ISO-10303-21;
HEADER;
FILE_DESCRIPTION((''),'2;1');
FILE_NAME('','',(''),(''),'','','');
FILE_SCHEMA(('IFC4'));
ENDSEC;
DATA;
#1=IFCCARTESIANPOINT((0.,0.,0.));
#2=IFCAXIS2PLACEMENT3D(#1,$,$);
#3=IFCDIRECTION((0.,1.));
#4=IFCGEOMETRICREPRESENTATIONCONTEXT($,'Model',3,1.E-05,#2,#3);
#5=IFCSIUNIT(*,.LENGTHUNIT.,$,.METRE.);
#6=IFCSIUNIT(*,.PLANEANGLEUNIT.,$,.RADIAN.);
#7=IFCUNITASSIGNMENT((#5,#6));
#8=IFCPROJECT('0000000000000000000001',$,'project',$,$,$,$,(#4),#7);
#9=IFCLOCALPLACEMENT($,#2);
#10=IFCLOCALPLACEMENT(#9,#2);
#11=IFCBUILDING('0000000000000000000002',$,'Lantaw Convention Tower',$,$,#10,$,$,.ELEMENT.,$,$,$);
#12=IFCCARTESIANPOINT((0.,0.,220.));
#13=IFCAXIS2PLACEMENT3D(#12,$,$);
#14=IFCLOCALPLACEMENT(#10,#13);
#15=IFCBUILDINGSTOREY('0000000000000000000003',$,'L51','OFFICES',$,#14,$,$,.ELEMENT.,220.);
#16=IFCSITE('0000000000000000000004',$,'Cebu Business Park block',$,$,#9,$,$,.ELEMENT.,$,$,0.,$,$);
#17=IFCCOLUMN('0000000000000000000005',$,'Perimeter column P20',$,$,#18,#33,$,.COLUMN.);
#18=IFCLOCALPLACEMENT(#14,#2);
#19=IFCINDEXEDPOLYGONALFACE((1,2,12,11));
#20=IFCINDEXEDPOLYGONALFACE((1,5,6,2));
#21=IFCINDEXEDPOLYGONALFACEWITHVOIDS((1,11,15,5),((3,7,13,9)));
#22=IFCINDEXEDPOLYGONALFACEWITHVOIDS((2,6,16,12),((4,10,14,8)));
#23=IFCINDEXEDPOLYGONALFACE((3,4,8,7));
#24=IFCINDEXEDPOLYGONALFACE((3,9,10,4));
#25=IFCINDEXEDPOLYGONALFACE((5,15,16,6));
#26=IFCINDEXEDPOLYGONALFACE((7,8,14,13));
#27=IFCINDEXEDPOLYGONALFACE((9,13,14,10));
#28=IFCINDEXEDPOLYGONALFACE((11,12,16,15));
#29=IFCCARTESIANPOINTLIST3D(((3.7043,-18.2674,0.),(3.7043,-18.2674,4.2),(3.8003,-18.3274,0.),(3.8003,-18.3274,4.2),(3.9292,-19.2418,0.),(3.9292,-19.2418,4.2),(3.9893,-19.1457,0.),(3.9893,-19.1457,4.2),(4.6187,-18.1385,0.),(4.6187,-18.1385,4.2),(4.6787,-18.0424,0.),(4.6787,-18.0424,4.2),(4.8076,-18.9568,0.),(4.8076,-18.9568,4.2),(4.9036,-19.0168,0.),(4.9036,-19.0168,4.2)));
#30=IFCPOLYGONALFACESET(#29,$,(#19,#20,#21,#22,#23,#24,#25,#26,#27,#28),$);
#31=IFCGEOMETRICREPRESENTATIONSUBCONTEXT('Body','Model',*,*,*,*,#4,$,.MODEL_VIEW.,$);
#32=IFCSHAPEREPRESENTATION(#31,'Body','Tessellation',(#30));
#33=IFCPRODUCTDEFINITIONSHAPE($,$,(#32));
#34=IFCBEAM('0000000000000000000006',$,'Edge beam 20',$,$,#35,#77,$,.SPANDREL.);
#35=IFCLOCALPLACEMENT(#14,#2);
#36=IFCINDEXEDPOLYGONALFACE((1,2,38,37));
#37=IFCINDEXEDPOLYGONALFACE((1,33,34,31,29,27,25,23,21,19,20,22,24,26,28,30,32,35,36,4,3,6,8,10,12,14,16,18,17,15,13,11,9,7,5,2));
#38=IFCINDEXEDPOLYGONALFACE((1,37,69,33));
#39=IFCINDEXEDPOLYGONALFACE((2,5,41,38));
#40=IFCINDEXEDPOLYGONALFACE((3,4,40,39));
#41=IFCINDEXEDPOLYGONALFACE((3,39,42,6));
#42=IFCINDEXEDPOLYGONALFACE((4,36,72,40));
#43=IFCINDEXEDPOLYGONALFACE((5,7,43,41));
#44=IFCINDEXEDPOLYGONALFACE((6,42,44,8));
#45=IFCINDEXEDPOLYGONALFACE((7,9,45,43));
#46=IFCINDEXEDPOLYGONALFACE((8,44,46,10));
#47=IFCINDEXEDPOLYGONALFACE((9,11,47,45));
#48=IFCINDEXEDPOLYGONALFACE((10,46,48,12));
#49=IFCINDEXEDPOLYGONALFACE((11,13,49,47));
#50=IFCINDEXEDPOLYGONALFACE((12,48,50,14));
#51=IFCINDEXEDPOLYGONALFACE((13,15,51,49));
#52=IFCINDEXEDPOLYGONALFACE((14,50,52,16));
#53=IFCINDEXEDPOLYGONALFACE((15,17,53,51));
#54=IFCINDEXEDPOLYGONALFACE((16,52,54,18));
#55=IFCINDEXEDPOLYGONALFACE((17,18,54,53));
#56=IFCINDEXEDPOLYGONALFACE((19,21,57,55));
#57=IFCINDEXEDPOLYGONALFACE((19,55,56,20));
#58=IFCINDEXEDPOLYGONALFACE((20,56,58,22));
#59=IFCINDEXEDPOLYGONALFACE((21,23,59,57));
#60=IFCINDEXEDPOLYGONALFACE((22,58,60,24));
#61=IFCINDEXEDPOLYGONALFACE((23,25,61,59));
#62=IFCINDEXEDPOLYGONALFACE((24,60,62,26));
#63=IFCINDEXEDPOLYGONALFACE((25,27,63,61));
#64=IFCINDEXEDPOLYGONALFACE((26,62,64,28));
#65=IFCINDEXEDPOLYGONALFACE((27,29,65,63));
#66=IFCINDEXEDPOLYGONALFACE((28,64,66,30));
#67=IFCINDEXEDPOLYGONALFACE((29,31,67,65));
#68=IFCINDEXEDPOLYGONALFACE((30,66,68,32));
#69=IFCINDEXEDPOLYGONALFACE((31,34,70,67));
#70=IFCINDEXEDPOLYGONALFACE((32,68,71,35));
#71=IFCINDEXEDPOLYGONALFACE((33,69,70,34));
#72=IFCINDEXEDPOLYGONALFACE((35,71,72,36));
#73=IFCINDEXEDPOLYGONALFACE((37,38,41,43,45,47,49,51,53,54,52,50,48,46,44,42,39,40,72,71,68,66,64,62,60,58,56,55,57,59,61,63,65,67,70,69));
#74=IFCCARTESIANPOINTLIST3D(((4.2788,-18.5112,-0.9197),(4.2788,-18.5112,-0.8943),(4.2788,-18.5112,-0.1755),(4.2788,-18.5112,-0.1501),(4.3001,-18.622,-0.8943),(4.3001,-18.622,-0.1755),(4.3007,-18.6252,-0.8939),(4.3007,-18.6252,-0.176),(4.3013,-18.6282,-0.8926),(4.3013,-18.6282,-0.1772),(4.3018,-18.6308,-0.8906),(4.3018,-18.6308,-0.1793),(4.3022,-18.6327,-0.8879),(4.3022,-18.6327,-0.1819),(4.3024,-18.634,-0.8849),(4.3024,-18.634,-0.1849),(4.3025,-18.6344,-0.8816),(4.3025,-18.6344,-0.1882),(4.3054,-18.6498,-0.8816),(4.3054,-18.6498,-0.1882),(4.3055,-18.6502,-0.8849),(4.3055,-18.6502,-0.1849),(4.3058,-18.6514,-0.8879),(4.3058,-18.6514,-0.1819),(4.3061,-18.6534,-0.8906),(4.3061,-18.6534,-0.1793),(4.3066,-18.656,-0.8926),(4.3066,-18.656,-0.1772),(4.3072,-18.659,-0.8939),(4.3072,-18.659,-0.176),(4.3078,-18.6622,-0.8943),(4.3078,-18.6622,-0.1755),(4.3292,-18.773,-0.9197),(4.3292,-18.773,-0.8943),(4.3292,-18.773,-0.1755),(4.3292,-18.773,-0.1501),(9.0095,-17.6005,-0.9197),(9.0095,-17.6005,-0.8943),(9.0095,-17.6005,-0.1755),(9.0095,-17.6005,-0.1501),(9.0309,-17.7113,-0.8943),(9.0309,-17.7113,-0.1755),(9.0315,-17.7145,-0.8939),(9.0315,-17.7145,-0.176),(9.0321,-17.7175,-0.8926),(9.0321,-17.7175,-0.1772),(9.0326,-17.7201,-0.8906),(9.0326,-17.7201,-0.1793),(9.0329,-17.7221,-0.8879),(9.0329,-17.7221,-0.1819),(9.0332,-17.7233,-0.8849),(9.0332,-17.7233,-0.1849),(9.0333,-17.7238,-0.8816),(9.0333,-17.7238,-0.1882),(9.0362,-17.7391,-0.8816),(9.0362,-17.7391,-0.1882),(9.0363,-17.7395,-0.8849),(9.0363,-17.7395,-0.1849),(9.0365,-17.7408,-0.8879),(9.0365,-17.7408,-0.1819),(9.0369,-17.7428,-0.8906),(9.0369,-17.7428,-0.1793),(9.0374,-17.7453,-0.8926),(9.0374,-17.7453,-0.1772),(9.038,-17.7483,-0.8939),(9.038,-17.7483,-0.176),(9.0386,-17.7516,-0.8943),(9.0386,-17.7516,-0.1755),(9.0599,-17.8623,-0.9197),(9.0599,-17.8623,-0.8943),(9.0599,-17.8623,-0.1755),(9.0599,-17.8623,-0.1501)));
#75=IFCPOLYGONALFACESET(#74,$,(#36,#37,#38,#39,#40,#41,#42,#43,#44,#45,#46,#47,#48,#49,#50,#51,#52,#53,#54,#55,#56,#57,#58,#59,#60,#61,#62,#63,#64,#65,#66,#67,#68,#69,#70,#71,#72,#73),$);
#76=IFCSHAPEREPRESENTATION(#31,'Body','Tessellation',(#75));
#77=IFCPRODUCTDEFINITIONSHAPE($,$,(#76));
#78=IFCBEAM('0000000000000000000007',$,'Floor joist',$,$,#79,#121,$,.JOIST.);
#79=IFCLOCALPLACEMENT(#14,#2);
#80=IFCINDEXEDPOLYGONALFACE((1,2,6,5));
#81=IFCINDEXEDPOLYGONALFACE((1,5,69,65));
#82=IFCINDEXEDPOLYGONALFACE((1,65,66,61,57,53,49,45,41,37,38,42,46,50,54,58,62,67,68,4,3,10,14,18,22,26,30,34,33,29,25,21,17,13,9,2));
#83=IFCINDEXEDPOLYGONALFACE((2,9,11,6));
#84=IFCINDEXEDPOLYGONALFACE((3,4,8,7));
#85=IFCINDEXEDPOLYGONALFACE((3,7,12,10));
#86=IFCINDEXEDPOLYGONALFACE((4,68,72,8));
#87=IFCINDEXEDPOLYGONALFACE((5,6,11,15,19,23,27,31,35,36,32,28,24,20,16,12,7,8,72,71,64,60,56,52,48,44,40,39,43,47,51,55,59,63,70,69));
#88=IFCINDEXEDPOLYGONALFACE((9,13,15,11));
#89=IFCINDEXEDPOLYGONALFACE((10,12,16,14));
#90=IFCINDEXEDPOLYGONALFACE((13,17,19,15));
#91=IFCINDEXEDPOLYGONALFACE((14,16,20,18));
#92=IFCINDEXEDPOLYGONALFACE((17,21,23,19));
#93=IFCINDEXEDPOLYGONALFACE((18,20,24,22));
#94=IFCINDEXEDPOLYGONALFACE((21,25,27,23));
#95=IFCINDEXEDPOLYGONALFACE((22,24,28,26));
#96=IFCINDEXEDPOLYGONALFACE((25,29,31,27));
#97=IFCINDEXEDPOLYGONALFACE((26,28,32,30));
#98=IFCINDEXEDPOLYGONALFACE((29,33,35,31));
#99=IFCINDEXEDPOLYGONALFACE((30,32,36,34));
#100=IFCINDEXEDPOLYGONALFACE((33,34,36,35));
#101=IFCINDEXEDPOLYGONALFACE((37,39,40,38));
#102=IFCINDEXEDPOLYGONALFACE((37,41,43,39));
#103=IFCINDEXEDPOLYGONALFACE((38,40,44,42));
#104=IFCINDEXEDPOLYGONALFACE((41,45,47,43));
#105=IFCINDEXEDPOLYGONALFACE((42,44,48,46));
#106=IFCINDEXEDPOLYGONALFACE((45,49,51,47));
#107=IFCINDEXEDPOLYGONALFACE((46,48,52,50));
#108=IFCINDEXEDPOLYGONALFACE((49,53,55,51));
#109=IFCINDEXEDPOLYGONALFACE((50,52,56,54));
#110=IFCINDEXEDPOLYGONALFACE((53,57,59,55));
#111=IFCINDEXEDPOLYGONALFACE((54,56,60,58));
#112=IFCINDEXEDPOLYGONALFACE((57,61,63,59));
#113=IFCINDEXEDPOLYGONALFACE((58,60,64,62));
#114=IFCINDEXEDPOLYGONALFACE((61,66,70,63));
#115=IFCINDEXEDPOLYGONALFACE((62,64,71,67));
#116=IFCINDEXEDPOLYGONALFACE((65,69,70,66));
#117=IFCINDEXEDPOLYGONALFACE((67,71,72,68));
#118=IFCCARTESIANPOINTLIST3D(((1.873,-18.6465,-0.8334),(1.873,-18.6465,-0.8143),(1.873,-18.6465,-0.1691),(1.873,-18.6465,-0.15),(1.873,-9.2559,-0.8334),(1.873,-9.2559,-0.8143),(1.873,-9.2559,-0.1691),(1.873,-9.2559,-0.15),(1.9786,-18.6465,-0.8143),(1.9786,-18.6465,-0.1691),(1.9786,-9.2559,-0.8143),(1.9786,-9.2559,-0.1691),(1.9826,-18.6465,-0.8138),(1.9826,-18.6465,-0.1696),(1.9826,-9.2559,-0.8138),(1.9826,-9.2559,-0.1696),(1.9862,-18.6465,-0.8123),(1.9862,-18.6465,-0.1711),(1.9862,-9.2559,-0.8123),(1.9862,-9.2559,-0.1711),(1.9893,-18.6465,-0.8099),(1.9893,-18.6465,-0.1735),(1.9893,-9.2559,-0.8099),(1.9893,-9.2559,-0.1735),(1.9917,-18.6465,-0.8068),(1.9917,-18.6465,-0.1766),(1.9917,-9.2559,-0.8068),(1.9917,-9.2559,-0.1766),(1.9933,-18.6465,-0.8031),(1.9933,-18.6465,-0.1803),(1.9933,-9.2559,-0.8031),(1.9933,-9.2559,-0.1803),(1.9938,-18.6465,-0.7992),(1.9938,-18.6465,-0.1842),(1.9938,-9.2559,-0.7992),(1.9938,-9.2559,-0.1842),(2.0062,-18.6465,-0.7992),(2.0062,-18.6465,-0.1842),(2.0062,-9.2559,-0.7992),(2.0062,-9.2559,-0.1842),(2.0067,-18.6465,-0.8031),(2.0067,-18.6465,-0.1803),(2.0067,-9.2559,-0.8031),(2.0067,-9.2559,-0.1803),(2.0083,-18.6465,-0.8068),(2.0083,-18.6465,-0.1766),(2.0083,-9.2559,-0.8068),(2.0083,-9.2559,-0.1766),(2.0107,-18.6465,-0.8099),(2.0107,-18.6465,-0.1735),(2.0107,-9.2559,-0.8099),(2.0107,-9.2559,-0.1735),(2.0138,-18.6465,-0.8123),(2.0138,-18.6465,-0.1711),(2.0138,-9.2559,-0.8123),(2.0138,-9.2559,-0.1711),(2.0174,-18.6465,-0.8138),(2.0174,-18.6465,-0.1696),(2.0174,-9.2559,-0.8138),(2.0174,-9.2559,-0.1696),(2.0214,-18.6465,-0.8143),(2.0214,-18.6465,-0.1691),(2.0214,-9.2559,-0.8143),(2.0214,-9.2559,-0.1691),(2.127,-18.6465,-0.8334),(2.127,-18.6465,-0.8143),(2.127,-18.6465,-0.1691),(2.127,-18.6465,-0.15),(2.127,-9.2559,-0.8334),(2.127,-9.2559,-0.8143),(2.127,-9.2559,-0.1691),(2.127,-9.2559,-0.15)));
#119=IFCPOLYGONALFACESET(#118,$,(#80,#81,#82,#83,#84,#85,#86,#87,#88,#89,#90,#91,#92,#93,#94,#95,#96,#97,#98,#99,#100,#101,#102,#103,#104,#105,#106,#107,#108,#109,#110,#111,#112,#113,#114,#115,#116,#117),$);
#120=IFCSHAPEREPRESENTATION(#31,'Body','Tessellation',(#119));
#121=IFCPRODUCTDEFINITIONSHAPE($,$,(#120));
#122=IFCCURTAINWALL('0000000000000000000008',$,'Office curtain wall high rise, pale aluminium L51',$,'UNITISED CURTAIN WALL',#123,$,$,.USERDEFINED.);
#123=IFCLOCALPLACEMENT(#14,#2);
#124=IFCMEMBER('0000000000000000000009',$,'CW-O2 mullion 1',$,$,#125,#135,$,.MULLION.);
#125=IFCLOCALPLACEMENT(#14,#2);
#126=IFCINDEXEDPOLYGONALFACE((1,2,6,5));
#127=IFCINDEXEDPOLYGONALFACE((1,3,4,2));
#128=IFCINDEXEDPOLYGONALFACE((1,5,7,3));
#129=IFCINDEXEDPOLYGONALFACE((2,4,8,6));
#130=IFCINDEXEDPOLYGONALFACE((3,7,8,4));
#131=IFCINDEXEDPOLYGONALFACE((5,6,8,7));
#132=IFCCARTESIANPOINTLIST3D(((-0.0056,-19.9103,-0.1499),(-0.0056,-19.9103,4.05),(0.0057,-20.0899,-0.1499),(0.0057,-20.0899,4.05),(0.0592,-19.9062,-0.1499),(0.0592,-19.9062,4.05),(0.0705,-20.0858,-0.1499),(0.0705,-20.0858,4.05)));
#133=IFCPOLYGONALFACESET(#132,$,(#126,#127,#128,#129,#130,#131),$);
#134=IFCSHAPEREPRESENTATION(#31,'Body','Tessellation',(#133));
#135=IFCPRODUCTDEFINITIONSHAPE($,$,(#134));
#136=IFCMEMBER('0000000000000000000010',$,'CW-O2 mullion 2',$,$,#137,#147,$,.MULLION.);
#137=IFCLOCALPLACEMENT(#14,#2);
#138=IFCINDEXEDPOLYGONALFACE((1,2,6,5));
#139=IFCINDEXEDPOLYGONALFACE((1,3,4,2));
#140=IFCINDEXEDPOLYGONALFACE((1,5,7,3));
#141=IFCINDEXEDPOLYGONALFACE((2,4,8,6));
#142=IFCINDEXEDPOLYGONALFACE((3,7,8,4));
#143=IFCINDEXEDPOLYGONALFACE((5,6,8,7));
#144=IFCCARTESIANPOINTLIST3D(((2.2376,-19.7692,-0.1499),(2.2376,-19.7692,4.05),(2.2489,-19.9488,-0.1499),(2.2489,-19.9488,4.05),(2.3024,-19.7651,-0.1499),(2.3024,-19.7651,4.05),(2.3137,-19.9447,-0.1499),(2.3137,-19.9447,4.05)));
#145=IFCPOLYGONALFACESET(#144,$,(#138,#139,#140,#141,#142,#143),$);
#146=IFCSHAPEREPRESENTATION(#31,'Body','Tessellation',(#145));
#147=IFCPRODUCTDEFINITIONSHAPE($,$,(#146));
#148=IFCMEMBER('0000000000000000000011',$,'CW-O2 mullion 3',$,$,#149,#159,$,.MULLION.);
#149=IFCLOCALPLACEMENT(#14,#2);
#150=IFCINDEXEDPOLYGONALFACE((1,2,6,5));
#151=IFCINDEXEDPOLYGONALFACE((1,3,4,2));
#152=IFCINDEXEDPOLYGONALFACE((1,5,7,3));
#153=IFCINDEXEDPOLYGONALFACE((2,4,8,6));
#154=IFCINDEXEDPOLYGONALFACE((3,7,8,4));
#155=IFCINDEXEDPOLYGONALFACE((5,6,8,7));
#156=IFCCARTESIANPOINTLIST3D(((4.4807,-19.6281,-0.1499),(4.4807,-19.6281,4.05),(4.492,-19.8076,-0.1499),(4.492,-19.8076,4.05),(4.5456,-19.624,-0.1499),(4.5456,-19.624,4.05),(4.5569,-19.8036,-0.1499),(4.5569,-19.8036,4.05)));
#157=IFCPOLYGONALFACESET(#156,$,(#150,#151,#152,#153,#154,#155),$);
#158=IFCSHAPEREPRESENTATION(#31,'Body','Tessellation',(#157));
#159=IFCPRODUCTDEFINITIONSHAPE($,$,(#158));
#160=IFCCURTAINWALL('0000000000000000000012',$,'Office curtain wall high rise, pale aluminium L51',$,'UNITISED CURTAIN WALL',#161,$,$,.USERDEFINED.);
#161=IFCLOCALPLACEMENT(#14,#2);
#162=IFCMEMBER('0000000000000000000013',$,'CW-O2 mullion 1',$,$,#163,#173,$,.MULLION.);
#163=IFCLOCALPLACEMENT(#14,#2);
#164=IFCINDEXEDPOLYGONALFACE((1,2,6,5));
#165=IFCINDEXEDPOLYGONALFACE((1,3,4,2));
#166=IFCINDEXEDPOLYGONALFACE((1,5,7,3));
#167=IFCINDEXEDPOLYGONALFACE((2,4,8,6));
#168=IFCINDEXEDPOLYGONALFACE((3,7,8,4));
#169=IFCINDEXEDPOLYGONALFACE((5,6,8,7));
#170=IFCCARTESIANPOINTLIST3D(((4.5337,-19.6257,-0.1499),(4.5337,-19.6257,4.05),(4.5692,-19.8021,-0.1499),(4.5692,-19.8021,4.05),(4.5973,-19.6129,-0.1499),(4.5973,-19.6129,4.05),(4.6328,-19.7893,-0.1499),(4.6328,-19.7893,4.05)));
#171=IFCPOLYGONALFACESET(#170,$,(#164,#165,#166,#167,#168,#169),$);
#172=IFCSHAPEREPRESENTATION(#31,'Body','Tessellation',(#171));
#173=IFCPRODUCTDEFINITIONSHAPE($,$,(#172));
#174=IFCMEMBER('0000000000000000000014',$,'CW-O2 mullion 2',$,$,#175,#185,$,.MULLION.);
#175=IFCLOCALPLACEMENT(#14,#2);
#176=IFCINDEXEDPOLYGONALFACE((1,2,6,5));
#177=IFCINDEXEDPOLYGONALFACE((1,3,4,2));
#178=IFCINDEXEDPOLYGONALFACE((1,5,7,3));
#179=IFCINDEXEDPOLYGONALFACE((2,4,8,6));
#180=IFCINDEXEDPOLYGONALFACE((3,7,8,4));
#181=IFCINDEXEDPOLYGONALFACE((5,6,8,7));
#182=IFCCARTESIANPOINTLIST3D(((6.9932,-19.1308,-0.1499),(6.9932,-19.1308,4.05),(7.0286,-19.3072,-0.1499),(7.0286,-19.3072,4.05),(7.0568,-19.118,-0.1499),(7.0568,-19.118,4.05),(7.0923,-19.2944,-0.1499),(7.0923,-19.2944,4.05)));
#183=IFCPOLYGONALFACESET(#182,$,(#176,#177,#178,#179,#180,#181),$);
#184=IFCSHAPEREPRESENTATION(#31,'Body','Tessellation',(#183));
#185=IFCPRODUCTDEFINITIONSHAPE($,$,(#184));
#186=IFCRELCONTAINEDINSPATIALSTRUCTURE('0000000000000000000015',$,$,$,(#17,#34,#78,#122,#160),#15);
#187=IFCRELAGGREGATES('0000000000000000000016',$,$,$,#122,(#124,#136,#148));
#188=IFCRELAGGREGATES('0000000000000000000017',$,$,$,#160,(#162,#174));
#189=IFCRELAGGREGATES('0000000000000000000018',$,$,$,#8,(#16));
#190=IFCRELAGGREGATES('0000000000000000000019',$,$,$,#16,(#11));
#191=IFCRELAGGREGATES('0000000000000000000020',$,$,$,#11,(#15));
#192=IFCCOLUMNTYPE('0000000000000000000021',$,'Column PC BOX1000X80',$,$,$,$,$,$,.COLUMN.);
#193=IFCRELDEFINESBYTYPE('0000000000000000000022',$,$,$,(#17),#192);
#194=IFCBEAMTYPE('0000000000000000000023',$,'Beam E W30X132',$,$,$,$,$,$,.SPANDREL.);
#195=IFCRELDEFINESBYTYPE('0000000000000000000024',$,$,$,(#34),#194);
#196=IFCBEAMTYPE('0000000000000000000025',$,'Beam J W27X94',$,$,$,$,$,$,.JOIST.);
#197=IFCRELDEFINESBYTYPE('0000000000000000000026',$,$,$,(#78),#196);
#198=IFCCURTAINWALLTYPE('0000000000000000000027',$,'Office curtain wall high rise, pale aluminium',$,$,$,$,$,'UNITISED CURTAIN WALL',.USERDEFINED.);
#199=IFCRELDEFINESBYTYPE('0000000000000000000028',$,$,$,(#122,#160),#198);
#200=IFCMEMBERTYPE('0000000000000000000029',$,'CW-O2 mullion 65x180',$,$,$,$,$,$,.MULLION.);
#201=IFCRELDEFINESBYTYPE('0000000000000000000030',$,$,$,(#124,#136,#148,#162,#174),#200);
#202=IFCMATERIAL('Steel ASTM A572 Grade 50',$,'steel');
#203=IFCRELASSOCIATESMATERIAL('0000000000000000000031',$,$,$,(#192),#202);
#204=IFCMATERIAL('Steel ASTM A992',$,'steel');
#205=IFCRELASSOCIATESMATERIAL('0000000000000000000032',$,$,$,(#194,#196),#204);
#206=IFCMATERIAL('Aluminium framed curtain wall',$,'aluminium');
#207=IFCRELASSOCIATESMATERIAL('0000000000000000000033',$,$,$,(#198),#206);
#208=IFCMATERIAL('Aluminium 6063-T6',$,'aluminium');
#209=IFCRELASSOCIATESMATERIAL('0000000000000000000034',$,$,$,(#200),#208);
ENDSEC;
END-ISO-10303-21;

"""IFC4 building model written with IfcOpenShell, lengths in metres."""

from ifc_helpers import new_model, si_unit, direction, frame, origin, origin_2d, place, context, subcontext, project, spatial, rectangle, hollow_rectangle, i_section, extrude, material, material_profile, profile_set, type_object, element, aggregate, save


model = new_model("IFC4")

# Units and contexts
model_context = context("Model", 3, precision=1e-05, world=origin(), true_north=direction((0.0, 1.0)))
body_context = subcontext(model_context, "Body", "Model", "MODEL_VIEW")
ifc_project = project(units=[si_unit("LENGTHUNIT", "METRE"), si_unit("PLANEANGLEUNIT", "RADIAN")], contexts=[model_context])

# Site, building, storey
site_placement = place(None, origin())
site = spatial("IfcSite", under=ifc_project, at=site_placement, Name="Cebu Business Park block", CompositionType="ELEMENT", RefElevation=0.0)
building_placement = place(site_placement, origin())
building = spatial("IfcBuilding", under=site, at=building_placement, Name="Lantaw Convention Tower", CompositionType="ELEMENT")
storey_placement = place(building_placement, frame((0.0, 0.0, 220.0)))
storey = spatial("IfcBuildingStorey", under=building, at=storey_placement, Name="L51", Description="OFFICES", CompositionType="ELEMENT", Elevation=220.0)

# Column
ifc_material_1 = material(Name="Steel ASTM A572 Grade 50", Category="steel")
ifc_material_profile_1 = material_profile(ifc_material_1, hollow_rectangle(XDim=1.0, YDim=1.0, WallThickness=0.0801, at=origin_2d()), Name="BOX1000X80")
ifc_material_2 = material(Name="Concrete C60/75", Category="concrete")
ifc_material_profile_2 = material_profile(ifc_material_2, rectangle(XDim=0.8401, YDim=0.8401, at=origin_2d()), Name="Concrete fill of BOX1000X80")
ifc_profile_set_1 = profile_set([ifc_material_profile_1, ifc_material_profile_2], Name="Steel ASTM A572 Grade 50")
column_type = type_object("IfcColumnType", Name="Column PC BOX1000X80", PredefinedType="COLUMN", material=ifc_profile_set_1)
column_placement = place(storey_placement, frame((4.304, -18.6421, 0.0), z_axis=(0.0, 0.0, 1.0), x_axis=(0.97437, 0.224951, 0.0)))
element("IfcColumn", 1, at=column_placement, inside=storey, type_object=column_type, Name="Perimeter column P20", PredefinedType="COLUMN", context=body_context, shape_type="SweptSolid", body=[
    extrude(hollow_rectangle(XDim=1.0, YDim=1.0, WallThickness=0.0801, at=origin_2d()), origin(), (0.0, 0.0, 1.0), 4.2),
])

# Beams
ifc_material_3 = material(Name="Steel ASTM A992", Category="steel")
ifc_material_profile_3 = material_profile(ifc_material_3, i_section(OverallWidth=0.2666, OverallDepth=0.7695, WebThickness=0.0156, FlangeThickness=0.0254, FilletRadius=0.0127, at=origin_2d()), Name="W30X132")
ifc_profile_set_2 = profile_set([ifc_material_profile_3], Name="Steel ASTM A992")
beam_type_1 = type_object("IfcBeamType", Name="Beam E W30X132", PredefinedType="SPANDREL", material=ifc_profile_set_2)
beam_1_placement = place(storey_placement, frame((4.304, -18.6421, -0.5349), z_axis=(0.981972, 0.189026, 0.0), x_axis=(-0.189026, 0.981972, 0.0)))
element("IfcBeam", 2, at=beam_1_placement, inside=storey, type_object=beam_type_1, Name="Edge beam 20", PredefinedType="SPANDREL", context=body_context, shape_type="SweptSolid", body=[
    extrude(i_section(OverallWidth=0.2666, OverallDepth=0.7695, WebThickness=0.0156, FlangeThickness=0.0254, FilletRadius=0.0127, at=origin_2d()), origin(), (0.0, 0.0, 1.0), 4.8176),
])
ifc_material_profile_4 = material_profile(ifc_material_3, i_section(OverallWidth=0.2539, OverallDepth=0.6833, WebThickness=0.0125, FlangeThickness=0.019, FilletRadius=0.0151, at=origin_2d()), Name="W27X94")
ifc_profile_set_3 = profile_set([ifc_material_profile_4], Name="Steel ASTM A992")
beam_type_2 = type_object("IfcBeamType", Name="Beam J W27X94", PredefinedType="JOIST", material=ifc_profile_set_3)
beam_2_placement = place(storey_placement, frame((2.0, -18.6465, -0.4917), z_axis=(0.0, 1.0, 0.0), x_axis=(-1.0, 0.0, 0.0)))
element("IfcBeam", 3, at=beam_2_placement, inside=storey, type_object=beam_type_2, Name="Floor joist", PredefinedType="JOIST", context=body_context, shape_type="SweptSolid", body=[
    extrude(i_section(OverallWidth=0.2539, OverallDepth=0.6833, WebThickness=0.0125, FlangeThickness=0.019, FilletRadius=0.0151, at=origin_2d()), origin(), (0.0, 0.0, 1.0), 9.3906),
])

# Curtain walls, members
ifc_material_4 = material(Name="Aluminium framed curtain wall", Category="aluminium")
curtain_wall_type = type_object("IfcCurtainWallType", Name="Office curtain wall high rise, pale aluminium", ElementType="UNITISED CURTAIN WALL", PredefinedType="USERDEFINED", material=ifc_material_4)
curtain_wall_1_placement = place(storey_placement, origin())
curtain_wall_1 = element("IfcCurtainWall", 4, at=curtain_wall_1_placement, inside=storey, type_object=curtain_wall_type, Name="Office curtain wall high rise, pale aluminium L51", ObjectType="UNITISED CURTAIN WALL", PredefinedType="USERDEFINED")
ifc_material_5 = material(Name="Aluminium 6063-T6", Category="aluminium")
ifc_material_profile_5 = material_profile(ifc_material_5, rectangle(XDim=0.1799, YDim=0.0649, at=origin_2d()), Name="CW-O2 mullion 65x180")
ifc_profile_set_4 = profile_set([ifc_material_profile_5], Name="Aluminium 6063-T6")
member_type_1 = type_object("IfcMemberType", Name="CW-O2 mullion 65x180", PredefinedType="MULLION", material=ifc_profile_set_4)
member_1_placement = place(storey_placement, frame((0.0325, -19.998, -0.1499), z_axis=(0.0, 0.0, 1.0), x_axis=(-0.062758, 0.998029, 0.0)))
member_1 = element("IfcMember", 5, at=member_1_placement, type_object=member_type_1, Name="CW-O2 mullion 1", PredefinedType="MULLION", context=body_context, shape_type="SweptSolid", body=[
    extrude(rectangle(XDim=0.1799, YDim=0.0649, at=origin_2d()), origin(), (0.0, 0.0, 1.0), 4.2),
])
member_2_placement = place(storey_placement, frame((2.2756, -19.8569, -0.1499), z_axis=(0.0, 0.0, 1.0), x_axis=(-0.062758, 0.998029, 0.0)))
member_2 = element("IfcMember", 6, at=member_2_placement, type_object=member_type_1, Name="CW-O2 mullion 2", PredefinedType="MULLION", context=body_context, shape_type="SweptSolid", body=[
    extrude(rectangle(XDim=0.1799, YDim=0.0649, at=origin_2d()), origin(), (0.0, 0.0, 1.0), 4.2),
])
member_3_placement = place(storey_placement, frame((4.5188, -19.7158, -0.1499), z_axis=(0.0, 0.0, 1.0), x_axis=(-0.062758, 0.998029, 0.0)))
member_3 = element("IfcMember", 7, at=member_3_placement, type_object=member_type_1, Name="CW-O2 mullion 3", PredefinedType="MULLION", context=body_context, shape_type="SweptSolid", body=[
    extrude(rectangle(XDim=0.1799, YDim=0.0649, at=origin_2d()), origin(), (0.0, 0.0, 1.0), 4.2),
])
curtain_wall_2_placement = place(storey_placement, origin())
curtain_wall_2 = element("IfcCurtainWall", 8, at=curtain_wall_2_placement, inside=storey, type_object=curtain_wall_type, Name="Office curtain wall high rise, pale aluminium L51", ObjectType="UNITISED CURTAIN WALL", PredefinedType="USERDEFINED")
member_4_placement = place(storey_placement, frame((4.5833, -19.7075, -0.1499), z_axis=(0.0, 0.0, 1.0), x_axis=(-0.197183, 0.980367, 0.0)))
member_4 = element("IfcMember", 9, at=member_4_placement, type_object=member_type_1, Name="CW-O2 mullion 1", PredefinedType="MULLION", context=body_context, shape_type="SweptSolid", body=[
    extrude(rectangle(XDim=0.1799, YDim=0.0649, at=origin_2d()), origin(), (0.0, 0.0, 1.0), 4.2),
])
member_5_placement = place(storey_placement, frame((7.0427, -19.2126, -0.1499), z_axis=(0.0, 0.0, 1.0), x_axis=(-0.197183, 0.980367, 0.0)))
member_5 = element("IfcMember", 10, at=member_5_placement, type_object=member_type_1, Name="CW-O2 mullion 2", PredefinedType="MULLION", context=body_context, shape_type="SweptSolid", body=[
    extrude(rectangle(XDim=0.1799, YDim=0.0649, at=origin_2d()), origin(), (0.0, 0.0, 1.0), 4.2),
])

aggregate(curtain_wall_1, [member_1, member_2, member_3])
aggregate(curtain_wall_2, [member_4, member_5])

save(model, "model.ifc")
